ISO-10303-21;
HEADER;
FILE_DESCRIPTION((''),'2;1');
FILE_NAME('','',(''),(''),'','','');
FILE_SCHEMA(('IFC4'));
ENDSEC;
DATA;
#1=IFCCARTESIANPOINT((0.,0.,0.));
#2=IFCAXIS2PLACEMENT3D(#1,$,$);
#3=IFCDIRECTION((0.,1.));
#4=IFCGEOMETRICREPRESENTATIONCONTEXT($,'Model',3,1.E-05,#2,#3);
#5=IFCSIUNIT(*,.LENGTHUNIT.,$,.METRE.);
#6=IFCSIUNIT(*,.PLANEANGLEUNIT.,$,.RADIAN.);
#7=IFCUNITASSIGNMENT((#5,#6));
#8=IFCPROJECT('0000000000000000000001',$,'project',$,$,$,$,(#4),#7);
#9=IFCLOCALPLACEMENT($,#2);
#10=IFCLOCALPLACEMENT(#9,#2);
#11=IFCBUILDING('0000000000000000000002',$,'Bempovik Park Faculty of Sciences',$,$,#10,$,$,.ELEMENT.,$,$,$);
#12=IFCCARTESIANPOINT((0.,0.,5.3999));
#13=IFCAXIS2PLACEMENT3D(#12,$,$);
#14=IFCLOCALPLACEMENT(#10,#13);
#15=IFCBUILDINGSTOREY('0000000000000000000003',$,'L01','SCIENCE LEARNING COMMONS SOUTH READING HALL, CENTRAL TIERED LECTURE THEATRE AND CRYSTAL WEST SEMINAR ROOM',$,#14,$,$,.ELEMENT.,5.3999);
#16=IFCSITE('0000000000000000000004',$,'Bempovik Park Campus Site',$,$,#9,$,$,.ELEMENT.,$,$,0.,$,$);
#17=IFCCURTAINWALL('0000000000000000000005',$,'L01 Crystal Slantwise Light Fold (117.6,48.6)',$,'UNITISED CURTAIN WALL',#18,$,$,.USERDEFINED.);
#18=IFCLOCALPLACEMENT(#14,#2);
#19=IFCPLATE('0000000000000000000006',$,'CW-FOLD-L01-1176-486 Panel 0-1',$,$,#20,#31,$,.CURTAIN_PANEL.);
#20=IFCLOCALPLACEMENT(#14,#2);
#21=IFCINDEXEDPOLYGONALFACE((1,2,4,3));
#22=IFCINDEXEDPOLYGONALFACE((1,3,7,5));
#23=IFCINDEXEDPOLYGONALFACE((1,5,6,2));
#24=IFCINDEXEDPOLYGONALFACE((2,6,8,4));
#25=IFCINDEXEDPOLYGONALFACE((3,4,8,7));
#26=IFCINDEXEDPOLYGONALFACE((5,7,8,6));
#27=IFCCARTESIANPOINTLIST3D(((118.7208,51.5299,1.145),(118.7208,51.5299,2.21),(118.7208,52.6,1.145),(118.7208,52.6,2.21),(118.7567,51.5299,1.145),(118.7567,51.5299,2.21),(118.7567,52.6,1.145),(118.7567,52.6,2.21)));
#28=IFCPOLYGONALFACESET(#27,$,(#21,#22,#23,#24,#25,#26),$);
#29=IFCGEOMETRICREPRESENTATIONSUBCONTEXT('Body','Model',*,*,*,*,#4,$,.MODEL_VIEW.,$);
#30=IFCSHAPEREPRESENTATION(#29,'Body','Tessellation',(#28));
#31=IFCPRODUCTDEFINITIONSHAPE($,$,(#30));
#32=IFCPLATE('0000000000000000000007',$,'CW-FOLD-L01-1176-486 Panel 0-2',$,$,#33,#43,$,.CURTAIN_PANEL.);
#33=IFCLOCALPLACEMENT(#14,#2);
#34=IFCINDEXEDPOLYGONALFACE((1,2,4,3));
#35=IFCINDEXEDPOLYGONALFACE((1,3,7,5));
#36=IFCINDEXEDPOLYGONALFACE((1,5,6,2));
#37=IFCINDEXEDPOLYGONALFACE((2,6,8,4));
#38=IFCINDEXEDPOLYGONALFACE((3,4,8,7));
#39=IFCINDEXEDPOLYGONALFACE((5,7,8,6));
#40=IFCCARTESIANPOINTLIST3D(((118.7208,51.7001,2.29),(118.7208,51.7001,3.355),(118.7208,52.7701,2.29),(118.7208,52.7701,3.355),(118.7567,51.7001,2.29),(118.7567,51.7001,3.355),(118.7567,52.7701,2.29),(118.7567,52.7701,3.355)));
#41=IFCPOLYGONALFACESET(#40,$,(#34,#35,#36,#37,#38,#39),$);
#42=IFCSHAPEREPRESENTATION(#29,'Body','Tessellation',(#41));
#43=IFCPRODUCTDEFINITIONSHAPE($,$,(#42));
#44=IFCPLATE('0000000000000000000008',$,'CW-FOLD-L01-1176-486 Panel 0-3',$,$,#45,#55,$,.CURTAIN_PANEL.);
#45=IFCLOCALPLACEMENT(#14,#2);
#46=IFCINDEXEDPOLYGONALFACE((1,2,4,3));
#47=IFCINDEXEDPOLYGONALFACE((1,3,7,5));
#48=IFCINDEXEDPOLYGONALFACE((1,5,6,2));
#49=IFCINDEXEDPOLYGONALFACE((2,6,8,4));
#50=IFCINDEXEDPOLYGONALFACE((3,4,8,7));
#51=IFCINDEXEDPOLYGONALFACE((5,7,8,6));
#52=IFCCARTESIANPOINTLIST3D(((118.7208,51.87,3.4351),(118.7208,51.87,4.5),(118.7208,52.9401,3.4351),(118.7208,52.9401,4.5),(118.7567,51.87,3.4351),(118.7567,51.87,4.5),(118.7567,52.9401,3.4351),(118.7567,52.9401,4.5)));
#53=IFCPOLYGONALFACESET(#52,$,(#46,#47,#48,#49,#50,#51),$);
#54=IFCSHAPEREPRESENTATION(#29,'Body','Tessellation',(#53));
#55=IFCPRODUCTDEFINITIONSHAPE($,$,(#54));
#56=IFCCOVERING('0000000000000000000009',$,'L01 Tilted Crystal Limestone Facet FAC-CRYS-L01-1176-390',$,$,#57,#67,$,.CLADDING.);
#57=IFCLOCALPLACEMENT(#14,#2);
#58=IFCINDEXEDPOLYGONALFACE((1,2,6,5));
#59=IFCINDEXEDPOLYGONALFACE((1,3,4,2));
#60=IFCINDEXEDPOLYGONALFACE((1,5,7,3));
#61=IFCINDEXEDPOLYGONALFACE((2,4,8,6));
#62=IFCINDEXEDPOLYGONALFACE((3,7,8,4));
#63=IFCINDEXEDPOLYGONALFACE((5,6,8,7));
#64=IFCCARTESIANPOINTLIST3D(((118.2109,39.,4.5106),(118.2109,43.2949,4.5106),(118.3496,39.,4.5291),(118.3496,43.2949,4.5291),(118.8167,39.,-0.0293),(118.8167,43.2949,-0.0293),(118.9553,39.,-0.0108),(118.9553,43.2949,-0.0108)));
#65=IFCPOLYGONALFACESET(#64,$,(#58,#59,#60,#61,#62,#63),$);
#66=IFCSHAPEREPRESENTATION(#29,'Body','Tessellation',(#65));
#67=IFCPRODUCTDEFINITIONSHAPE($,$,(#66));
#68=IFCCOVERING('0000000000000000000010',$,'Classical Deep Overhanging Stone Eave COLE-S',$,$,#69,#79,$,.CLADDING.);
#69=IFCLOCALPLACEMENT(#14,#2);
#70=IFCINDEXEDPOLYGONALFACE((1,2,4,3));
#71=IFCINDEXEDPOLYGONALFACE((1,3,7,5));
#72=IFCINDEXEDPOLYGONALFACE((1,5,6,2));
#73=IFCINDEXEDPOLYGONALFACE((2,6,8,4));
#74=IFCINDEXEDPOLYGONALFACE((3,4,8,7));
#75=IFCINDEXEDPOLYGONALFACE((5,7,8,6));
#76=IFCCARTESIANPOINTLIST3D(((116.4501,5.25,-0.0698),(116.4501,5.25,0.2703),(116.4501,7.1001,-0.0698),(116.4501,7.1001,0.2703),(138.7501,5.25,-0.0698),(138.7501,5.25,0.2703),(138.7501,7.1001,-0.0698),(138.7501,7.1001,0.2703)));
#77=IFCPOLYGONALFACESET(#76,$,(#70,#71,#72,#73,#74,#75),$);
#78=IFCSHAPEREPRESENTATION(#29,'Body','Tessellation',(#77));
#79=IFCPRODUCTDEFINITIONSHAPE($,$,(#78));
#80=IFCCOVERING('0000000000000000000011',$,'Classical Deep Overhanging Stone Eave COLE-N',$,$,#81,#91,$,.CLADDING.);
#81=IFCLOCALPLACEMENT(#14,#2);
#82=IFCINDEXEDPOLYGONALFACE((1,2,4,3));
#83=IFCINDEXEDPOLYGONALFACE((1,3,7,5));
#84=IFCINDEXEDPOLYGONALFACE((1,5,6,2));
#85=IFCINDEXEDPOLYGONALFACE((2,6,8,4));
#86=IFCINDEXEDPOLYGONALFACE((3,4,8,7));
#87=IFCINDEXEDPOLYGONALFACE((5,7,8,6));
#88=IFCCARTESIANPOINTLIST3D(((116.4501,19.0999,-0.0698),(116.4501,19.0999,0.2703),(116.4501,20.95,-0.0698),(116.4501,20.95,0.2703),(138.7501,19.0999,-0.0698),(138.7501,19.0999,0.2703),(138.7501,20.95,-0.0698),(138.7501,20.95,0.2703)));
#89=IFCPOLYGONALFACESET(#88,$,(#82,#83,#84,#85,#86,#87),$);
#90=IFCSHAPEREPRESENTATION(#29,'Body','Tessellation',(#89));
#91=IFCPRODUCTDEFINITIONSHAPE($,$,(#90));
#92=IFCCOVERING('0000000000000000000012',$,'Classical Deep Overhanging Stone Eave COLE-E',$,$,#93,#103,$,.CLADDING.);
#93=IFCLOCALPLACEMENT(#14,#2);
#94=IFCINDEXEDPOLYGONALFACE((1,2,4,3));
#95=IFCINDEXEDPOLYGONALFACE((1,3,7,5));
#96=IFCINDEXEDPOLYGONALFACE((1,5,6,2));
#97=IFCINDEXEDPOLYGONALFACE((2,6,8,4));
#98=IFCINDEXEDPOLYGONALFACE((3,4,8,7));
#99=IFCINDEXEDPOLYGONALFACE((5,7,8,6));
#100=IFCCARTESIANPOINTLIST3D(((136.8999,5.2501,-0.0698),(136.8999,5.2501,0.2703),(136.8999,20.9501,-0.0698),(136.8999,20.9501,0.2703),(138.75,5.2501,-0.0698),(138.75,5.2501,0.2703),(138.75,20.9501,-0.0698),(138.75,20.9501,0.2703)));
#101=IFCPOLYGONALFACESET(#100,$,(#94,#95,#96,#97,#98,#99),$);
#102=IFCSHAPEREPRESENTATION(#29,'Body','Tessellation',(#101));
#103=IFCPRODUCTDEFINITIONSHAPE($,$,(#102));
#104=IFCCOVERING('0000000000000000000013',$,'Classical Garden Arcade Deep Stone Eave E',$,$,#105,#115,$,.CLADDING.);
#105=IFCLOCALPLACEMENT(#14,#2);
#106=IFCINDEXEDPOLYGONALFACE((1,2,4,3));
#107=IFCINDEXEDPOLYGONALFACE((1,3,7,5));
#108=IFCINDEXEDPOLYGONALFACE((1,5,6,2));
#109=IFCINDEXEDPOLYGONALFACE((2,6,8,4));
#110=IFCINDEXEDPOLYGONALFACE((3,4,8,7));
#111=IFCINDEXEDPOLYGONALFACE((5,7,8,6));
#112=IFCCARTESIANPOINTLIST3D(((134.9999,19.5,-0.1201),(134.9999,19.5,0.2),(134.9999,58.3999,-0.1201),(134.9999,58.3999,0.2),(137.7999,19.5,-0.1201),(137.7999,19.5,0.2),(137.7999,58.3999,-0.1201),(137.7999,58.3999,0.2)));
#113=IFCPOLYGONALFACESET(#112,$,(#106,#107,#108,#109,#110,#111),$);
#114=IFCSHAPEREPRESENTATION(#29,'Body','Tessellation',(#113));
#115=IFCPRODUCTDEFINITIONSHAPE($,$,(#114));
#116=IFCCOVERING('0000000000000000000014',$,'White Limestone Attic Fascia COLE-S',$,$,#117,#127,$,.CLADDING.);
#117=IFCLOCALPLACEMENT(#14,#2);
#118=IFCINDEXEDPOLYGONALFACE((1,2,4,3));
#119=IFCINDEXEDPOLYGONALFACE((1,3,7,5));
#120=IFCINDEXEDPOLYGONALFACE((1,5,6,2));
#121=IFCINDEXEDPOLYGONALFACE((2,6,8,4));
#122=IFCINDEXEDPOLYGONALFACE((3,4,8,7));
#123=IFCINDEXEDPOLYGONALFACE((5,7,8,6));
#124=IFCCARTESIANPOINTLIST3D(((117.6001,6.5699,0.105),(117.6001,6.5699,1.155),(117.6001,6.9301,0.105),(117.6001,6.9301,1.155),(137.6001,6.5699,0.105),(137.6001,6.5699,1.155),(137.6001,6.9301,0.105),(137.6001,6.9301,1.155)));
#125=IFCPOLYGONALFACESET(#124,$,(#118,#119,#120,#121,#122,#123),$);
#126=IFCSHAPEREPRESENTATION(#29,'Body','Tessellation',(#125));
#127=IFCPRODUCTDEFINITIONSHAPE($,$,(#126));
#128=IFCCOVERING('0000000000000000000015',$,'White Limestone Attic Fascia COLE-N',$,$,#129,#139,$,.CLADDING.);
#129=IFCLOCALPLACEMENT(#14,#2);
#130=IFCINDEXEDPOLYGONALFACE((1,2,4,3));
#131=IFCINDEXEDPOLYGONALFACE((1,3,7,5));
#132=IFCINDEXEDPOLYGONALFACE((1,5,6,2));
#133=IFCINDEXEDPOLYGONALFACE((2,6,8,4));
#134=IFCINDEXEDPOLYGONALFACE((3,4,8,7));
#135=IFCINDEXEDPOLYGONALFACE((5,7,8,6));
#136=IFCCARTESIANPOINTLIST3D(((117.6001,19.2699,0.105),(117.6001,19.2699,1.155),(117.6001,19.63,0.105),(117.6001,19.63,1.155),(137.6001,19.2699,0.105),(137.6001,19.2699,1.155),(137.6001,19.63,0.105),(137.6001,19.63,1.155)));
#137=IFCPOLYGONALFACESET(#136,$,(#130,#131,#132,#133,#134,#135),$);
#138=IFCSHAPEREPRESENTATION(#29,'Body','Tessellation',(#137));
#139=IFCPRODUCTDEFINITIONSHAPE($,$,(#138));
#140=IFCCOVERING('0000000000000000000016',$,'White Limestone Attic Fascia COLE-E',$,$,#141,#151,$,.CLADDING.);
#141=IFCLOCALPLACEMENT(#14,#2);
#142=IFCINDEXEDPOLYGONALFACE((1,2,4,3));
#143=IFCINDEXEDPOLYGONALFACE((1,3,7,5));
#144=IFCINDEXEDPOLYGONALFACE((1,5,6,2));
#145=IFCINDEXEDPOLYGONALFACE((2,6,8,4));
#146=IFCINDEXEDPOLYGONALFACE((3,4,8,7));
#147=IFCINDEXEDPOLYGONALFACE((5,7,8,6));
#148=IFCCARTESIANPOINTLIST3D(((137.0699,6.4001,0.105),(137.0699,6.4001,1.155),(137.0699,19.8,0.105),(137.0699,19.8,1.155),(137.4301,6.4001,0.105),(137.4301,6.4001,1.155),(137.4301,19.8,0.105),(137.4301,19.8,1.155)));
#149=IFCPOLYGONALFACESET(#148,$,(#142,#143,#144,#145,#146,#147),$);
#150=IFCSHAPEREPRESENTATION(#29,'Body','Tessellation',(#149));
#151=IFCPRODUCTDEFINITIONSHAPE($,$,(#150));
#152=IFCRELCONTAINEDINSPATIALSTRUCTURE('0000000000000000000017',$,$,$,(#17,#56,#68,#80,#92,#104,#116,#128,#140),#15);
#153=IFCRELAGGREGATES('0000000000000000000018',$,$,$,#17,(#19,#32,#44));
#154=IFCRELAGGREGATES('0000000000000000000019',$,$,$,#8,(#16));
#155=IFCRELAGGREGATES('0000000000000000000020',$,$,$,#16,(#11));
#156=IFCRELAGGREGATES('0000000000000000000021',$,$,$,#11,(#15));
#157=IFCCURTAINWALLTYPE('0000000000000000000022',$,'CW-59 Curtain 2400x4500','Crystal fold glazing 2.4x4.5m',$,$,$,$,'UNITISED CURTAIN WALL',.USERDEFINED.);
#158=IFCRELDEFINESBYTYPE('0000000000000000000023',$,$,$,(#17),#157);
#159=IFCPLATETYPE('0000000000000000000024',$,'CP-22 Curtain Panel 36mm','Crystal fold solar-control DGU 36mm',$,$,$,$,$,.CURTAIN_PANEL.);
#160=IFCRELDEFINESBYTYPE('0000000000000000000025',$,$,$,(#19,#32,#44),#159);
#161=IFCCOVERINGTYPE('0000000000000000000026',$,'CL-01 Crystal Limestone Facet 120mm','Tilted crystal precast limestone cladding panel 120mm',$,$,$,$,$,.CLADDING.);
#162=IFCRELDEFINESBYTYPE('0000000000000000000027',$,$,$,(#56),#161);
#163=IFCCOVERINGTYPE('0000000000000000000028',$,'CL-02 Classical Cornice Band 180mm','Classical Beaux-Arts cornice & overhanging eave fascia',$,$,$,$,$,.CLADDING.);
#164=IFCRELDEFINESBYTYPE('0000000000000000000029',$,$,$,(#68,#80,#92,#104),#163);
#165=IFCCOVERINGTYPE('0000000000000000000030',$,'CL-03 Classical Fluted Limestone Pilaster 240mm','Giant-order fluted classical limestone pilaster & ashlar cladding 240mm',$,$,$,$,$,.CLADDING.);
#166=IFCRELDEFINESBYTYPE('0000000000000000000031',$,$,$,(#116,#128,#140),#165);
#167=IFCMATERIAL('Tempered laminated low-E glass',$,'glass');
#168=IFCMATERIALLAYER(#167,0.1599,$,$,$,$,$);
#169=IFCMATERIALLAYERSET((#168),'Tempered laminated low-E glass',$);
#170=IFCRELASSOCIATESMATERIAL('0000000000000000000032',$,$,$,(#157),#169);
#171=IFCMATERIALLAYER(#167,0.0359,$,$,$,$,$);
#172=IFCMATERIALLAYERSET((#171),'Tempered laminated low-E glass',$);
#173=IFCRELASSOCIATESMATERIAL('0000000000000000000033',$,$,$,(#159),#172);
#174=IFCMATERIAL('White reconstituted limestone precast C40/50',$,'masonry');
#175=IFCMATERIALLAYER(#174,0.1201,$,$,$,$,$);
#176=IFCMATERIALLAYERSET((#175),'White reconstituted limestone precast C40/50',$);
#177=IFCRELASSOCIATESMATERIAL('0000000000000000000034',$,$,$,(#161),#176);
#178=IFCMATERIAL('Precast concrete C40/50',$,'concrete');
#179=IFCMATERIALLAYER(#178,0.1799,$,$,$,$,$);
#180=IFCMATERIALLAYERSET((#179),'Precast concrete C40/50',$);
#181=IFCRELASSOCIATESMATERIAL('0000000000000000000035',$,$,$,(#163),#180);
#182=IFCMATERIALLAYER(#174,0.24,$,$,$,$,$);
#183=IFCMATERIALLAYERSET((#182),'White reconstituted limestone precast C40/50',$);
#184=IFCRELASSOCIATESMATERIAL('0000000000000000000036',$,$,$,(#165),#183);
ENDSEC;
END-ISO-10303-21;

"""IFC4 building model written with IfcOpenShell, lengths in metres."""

from ifc_helpers import new_model, si_unit, direction, frame, origin, origin_2d, place, context, subcontext, project, spatial, rectangle, extrude, material, layer, layer_set, type_object, element, aggregate, save


model = new_model("IFC4")

# Units and contexts
model_context = context("Model", 3, precision=1e-05, world=origin(), true_north=direction((0.0, 1.0)))
body_context = subcontext(model_context, "Body", "Model", "MODEL_VIEW")
ifc_project = project(units=[si_unit("LENGTHUNIT", "METRE"), si_unit("PLANEANGLEUNIT", "RADIAN")], contexts=[model_context])

# Site, building, storey
site_placement = place(None, origin())
site = spatial("IfcSite", under=ifc_project, at=site_placement, Name="Bempovik Park Campus Site", CompositionType="ELEMENT", RefElevation=0.0)
building_placement = place(site_placement, origin())
building = spatial("IfcBuilding", under=site, at=building_placement, Name="Bempovik Park Faculty of Sciences", CompositionType="ELEMENT")
storey_placement = place(building_placement, frame((0.0, 0.0, 5.3999)))
storey = spatial("IfcBuildingStorey", under=building, at=storey_placement, Name="L01", Description="SCIENCE LEARNING COMMONS SOUTH READING HALL, CENTRAL TIERED LECTURE THEATRE AND CRYSTAL WEST SEMINAR ROOM", CompositionType="ELEMENT", Elevation=5.3999)

# Curtain wall
ifc_material_1 = material(Name="Tempered laminated low-E glass", Category="glass")
ifc_layer_1 = layer(ifc_material_1, 0.1599)
ifc_layer_set_1 = layer_set([ifc_layer_1], Name="Tempered laminated low-E glass")
curtain_wall_type = type_object("IfcCurtainWallType", Name="CW-59 Curtain 2400x4500", Description="Crystal fold glazing 2.4x4.5m", ElementType="UNITISED CURTAIN WALL", PredefinedType="USERDEFINED", material=ifc_layer_set_1)
curtain_wall_1_placement = place(storey_placement, origin())
curtain_wall_1 = element("IfcCurtainWall", 1, at=curtain_wall_1_placement, inside=storey, type_object=curtain_wall_type, Name="L01 Crystal Slantwise Light Fold (117.6,48.6)", ObjectType="UNITISED CURTAIN WALL", PredefinedType="USERDEFINED")

# Plates
ifc_layer_2 = layer(ifc_material_1, 0.0359)
ifc_layer_set_2 = layer_set([ifc_layer_2], Name="Tempered laminated low-E glass")
plate_type = type_object("IfcPlateType", Name="CP-22 Curtain Panel 36mm", Description="Crystal fold solar-control DGU 36mm", PredefinedType="CURTAIN_PANEL", material=ifc_layer_set_2)
plate_1_placement = place(storey_placement, frame((118.7388, 52.0649, 1.145), z_axis=(0.0, 0.0, 1.0), x_axis=(0.0, 1.0, 0.0)))
plate_1 = element("IfcPlate", 2, at=plate_1_placement, type_object=plate_type, Name="CW-FOLD-L01-1176-486 Panel 0-1", PredefinedType="CURTAIN_PANEL", context=body_context, shape_type="SweptSolid", body=[
    extrude(rectangle(XDim=1.0701, YDim=0.0359, at=origin_2d()), origin(), (0.0, 0.0, 1.0), 1.0649),
])
plate_2_placement = place(storey_placement, frame((118.7388, 52.2351, 2.29), z_axis=(0.0, 0.0, 1.0), x_axis=(0.0, 1.0, 0.0)))
plate_2 = element("IfcPlate", 3, at=plate_2_placement, type_object=plate_type, Name="CW-FOLD-L01-1176-486 Panel 0-2", PredefinedType="CURTAIN_PANEL", context=body_context, shape_type="SweptSolid", body=[
    extrude(rectangle(XDim=1.0701, YDim=0.0359, at=origin_2d()), origin(), (0.0, 0.0, 1.0), 1.0649),
])
plate_3_placement = place(storey_placement, frame((118.7388, 52.405, 3.4351), z_axis=(0.0, 0.0, 1.0), x_axis=(0.0, 1.0, 0.0)))
plate_3 = element("IfcPlate", 4, at=plate_3_placement, type_object=plate_type, Name="CW-FOLD-L01-1176-486 Panel 0-3", PredefinedType="CURTAIN_PANEL", context=body_context, shape_type="SweptSolid", body=[
    extrude(rectangle(XDim=1.0701, YDim=0.0359, at=origin_2d()), origin(), (0.0, 0.0, 1.0), 1.0649),
])
aggregate(curtain_wall_1, [plate_1, plate_2, plate_3])

# Coverings
ifc_material_2 = material(Name="White reconstituted limestone precast C40/50", Category="masonry")
ifc_layer_3 = layer(ifc_material_2, 0.1201)
ifc_layer_set_3 = layer_set([ifc_layer_3], Name="White reconstituted limestone precast C40/50")
covering_type_1 = type_object("IfcCoveringType", Name="CL-01 Crystal Limestone Facet 120mm", Description="Tilted crystal precast limestone cladding panel 120mm", PredefinedType="CLADDING", material=ifc_layer_set_3)
covering_1_placement = place(storey_placement, frame((118.886, 41.1475, -0.02), z_axis=(-0.132256, 0.0, 0.991216), x_axis=(0.0, 1.0, 0.0)))
element("IfcCovering", 5, at=covering_1_placement, inside=storey, type_object=covering_type_1, Name="L01 Tilted Crystal Limestone Facet FAC-CRYS-L01-1176-390", PredefinedType="CLADDING", context=body_context, shape_type="SweptSolid", body=[
    extrude(rectangle(XDim=4.2949, YDim=0.1399, at=origin_2d()), origin(), (0.0, 0.0, 1.0), 4.5801),
])
ifc_material_3 = material(Name="Precast concrete C40/50", Category="concrete")
ifc_layer_4 = layer(ifc_material_3, 0.1799)
ifc_layer_set_4 = layer_set([ifc_layer_4], Name="Precast concrete C40/50")
covering_type_2 = type_object("IfcCoveringType", Name="CL-02 Classical Cornice Band 180mm", Description="Classical Beaux-Arts cornice & overhanging eave fascia", PredefinedType="CLADDING", material=ifc_layer_set_4)
for number, where, z_axis, x_axis, name in (
    (6, (127.6001, 6.175, -0.0698), (0.0, 0.0, 1.0), (1.0, 0.0, 0.0), "Classical Deep Overhanging Stone Eave COLE-S"),
    (7, (127.6001, 20.0249, -0.0698), (0.0, 0.0, 1.0), (1.0, 0.0, 0.0), "Classical Deep Overhanging Stone Eave COLE-N"),
):
    element("IfcCovering", number, at=place(storey_placement, frame(where, z_axis=z_axis, x_axis=x_axis)), inside=storey, type_object=covering_type_2, Name=name, PredefinedType="CLADDING", context=body_context, shape_type="SweptSolid", body=[
        extrude(rectangle(XDim=22.3, YDim=1.8501, at=origin_2d()), origin(), (0.0, 0.0, 1.0), 0.3401),
    ])
covering_2_placement = place(storey_placement, frame((137.825, 13.1001, -0.0698), z_axis=(0.0, 0.0, 1.0), x_axis=(1.0, 0.0, 0.0)))
element("IfcCovering", 8, at=covering_2_placement, inside=storey, type_object=covering_type_2, Name="Classical Deep Overhanging Stone Eave COLE-E", PredefinedType="CLADDING", context=body_context, shape_type="SweptSolid", body=[
    extrude(rectangle(XDim=1.8501, YDim=15.7, at=origin_2d()), origin(), (0.0, 0.0, 1.0), 0.3401),
])
covering_3_placement = place(storey_placement, frame((136.3999, 38.95, -0.1201), z_axis=(0.0, 0.0, 1.0), x_axis=(1.0, 0.0, 0.0)))
element("IfcCovering", 9, at=covering_3_placement, inside=storey, type_object=covering_type_2, Name="Classical Garden Arcade Deep Stone Eave E", PredefinedType="CLADDING", context=body_context, shape_type="SweptSolid", body=[
    extrude(rectangle(XDim=2.8, YDim=38.8999, at=origin_2d()), origin(), (0.0, 0.0, 1.0), 0.3201),
])
ifc_layer_5 = layer(ifc_material_2, 0.24)
ifc_layer_set_5 = layer_set([ifc_layer_5], Name="White reconstituted limestone precast C40/50")
covering_type_3 = type_object("IfcCoveringType", Name="CL-03 Classical Fluted Limestone Pilaster 240mm", Description="Giant-order fluted classical limestone pilaster & ashlar cladding 240mm", PredefinedType="CLADDING", material=ifc_layer_set_5)
for number, where, z_axis, x_axis, name in (
    (10, (127.6001, 6.75, 0.105), (0.0, 0.0, 1.0), (1.0, 0.0, 0.0), "White Limestone Attic Fascia COLE-S"),
    (11, (127.6001, 19.45, 0.105), (0.0, 0.0, 1.0), (1.0, 0.0, 0.0), "White Limestone Attic Fascia COLE-N"),
):
    element("IfcCovering", number, at=place(storey_placement, frame(where, z_axis=z_axis, x_axis=x_axis)), inside=storey, type_object=covering_type_3, Name=name, PredefinedType="CLADDING", context=body_context, shape_type="SweptSolid", body=[
        extrude(rectangle(XDim=20.0, YDim=0.3601, at=origin_2d()), origin(), (0.0, 0.0, 1.0), 1.05),
    ])
covering_4_placement = place(storey_placement, frame((137.25, 13.1001, 0.105), z_axis=(0.0, 0.0, 1.0), x_axis=(1.0, 0.0, 0.0)))
element("IfcCovering", 12, at=covering_4_placement, inside=storey, type_object=covering_type_3, Name="White Limestone Attic Fascia COLE-E", PredefinedType="CLADDING", context=body_context, shape_type="SweptSolid", body=[
    extrude(rectangle(XDim=0.3601, YDim=13.3999, at=origin_2d()), origin(), (0.0, 0.0, 1.0), 1.05),
])

save(model, "model.ifc")
